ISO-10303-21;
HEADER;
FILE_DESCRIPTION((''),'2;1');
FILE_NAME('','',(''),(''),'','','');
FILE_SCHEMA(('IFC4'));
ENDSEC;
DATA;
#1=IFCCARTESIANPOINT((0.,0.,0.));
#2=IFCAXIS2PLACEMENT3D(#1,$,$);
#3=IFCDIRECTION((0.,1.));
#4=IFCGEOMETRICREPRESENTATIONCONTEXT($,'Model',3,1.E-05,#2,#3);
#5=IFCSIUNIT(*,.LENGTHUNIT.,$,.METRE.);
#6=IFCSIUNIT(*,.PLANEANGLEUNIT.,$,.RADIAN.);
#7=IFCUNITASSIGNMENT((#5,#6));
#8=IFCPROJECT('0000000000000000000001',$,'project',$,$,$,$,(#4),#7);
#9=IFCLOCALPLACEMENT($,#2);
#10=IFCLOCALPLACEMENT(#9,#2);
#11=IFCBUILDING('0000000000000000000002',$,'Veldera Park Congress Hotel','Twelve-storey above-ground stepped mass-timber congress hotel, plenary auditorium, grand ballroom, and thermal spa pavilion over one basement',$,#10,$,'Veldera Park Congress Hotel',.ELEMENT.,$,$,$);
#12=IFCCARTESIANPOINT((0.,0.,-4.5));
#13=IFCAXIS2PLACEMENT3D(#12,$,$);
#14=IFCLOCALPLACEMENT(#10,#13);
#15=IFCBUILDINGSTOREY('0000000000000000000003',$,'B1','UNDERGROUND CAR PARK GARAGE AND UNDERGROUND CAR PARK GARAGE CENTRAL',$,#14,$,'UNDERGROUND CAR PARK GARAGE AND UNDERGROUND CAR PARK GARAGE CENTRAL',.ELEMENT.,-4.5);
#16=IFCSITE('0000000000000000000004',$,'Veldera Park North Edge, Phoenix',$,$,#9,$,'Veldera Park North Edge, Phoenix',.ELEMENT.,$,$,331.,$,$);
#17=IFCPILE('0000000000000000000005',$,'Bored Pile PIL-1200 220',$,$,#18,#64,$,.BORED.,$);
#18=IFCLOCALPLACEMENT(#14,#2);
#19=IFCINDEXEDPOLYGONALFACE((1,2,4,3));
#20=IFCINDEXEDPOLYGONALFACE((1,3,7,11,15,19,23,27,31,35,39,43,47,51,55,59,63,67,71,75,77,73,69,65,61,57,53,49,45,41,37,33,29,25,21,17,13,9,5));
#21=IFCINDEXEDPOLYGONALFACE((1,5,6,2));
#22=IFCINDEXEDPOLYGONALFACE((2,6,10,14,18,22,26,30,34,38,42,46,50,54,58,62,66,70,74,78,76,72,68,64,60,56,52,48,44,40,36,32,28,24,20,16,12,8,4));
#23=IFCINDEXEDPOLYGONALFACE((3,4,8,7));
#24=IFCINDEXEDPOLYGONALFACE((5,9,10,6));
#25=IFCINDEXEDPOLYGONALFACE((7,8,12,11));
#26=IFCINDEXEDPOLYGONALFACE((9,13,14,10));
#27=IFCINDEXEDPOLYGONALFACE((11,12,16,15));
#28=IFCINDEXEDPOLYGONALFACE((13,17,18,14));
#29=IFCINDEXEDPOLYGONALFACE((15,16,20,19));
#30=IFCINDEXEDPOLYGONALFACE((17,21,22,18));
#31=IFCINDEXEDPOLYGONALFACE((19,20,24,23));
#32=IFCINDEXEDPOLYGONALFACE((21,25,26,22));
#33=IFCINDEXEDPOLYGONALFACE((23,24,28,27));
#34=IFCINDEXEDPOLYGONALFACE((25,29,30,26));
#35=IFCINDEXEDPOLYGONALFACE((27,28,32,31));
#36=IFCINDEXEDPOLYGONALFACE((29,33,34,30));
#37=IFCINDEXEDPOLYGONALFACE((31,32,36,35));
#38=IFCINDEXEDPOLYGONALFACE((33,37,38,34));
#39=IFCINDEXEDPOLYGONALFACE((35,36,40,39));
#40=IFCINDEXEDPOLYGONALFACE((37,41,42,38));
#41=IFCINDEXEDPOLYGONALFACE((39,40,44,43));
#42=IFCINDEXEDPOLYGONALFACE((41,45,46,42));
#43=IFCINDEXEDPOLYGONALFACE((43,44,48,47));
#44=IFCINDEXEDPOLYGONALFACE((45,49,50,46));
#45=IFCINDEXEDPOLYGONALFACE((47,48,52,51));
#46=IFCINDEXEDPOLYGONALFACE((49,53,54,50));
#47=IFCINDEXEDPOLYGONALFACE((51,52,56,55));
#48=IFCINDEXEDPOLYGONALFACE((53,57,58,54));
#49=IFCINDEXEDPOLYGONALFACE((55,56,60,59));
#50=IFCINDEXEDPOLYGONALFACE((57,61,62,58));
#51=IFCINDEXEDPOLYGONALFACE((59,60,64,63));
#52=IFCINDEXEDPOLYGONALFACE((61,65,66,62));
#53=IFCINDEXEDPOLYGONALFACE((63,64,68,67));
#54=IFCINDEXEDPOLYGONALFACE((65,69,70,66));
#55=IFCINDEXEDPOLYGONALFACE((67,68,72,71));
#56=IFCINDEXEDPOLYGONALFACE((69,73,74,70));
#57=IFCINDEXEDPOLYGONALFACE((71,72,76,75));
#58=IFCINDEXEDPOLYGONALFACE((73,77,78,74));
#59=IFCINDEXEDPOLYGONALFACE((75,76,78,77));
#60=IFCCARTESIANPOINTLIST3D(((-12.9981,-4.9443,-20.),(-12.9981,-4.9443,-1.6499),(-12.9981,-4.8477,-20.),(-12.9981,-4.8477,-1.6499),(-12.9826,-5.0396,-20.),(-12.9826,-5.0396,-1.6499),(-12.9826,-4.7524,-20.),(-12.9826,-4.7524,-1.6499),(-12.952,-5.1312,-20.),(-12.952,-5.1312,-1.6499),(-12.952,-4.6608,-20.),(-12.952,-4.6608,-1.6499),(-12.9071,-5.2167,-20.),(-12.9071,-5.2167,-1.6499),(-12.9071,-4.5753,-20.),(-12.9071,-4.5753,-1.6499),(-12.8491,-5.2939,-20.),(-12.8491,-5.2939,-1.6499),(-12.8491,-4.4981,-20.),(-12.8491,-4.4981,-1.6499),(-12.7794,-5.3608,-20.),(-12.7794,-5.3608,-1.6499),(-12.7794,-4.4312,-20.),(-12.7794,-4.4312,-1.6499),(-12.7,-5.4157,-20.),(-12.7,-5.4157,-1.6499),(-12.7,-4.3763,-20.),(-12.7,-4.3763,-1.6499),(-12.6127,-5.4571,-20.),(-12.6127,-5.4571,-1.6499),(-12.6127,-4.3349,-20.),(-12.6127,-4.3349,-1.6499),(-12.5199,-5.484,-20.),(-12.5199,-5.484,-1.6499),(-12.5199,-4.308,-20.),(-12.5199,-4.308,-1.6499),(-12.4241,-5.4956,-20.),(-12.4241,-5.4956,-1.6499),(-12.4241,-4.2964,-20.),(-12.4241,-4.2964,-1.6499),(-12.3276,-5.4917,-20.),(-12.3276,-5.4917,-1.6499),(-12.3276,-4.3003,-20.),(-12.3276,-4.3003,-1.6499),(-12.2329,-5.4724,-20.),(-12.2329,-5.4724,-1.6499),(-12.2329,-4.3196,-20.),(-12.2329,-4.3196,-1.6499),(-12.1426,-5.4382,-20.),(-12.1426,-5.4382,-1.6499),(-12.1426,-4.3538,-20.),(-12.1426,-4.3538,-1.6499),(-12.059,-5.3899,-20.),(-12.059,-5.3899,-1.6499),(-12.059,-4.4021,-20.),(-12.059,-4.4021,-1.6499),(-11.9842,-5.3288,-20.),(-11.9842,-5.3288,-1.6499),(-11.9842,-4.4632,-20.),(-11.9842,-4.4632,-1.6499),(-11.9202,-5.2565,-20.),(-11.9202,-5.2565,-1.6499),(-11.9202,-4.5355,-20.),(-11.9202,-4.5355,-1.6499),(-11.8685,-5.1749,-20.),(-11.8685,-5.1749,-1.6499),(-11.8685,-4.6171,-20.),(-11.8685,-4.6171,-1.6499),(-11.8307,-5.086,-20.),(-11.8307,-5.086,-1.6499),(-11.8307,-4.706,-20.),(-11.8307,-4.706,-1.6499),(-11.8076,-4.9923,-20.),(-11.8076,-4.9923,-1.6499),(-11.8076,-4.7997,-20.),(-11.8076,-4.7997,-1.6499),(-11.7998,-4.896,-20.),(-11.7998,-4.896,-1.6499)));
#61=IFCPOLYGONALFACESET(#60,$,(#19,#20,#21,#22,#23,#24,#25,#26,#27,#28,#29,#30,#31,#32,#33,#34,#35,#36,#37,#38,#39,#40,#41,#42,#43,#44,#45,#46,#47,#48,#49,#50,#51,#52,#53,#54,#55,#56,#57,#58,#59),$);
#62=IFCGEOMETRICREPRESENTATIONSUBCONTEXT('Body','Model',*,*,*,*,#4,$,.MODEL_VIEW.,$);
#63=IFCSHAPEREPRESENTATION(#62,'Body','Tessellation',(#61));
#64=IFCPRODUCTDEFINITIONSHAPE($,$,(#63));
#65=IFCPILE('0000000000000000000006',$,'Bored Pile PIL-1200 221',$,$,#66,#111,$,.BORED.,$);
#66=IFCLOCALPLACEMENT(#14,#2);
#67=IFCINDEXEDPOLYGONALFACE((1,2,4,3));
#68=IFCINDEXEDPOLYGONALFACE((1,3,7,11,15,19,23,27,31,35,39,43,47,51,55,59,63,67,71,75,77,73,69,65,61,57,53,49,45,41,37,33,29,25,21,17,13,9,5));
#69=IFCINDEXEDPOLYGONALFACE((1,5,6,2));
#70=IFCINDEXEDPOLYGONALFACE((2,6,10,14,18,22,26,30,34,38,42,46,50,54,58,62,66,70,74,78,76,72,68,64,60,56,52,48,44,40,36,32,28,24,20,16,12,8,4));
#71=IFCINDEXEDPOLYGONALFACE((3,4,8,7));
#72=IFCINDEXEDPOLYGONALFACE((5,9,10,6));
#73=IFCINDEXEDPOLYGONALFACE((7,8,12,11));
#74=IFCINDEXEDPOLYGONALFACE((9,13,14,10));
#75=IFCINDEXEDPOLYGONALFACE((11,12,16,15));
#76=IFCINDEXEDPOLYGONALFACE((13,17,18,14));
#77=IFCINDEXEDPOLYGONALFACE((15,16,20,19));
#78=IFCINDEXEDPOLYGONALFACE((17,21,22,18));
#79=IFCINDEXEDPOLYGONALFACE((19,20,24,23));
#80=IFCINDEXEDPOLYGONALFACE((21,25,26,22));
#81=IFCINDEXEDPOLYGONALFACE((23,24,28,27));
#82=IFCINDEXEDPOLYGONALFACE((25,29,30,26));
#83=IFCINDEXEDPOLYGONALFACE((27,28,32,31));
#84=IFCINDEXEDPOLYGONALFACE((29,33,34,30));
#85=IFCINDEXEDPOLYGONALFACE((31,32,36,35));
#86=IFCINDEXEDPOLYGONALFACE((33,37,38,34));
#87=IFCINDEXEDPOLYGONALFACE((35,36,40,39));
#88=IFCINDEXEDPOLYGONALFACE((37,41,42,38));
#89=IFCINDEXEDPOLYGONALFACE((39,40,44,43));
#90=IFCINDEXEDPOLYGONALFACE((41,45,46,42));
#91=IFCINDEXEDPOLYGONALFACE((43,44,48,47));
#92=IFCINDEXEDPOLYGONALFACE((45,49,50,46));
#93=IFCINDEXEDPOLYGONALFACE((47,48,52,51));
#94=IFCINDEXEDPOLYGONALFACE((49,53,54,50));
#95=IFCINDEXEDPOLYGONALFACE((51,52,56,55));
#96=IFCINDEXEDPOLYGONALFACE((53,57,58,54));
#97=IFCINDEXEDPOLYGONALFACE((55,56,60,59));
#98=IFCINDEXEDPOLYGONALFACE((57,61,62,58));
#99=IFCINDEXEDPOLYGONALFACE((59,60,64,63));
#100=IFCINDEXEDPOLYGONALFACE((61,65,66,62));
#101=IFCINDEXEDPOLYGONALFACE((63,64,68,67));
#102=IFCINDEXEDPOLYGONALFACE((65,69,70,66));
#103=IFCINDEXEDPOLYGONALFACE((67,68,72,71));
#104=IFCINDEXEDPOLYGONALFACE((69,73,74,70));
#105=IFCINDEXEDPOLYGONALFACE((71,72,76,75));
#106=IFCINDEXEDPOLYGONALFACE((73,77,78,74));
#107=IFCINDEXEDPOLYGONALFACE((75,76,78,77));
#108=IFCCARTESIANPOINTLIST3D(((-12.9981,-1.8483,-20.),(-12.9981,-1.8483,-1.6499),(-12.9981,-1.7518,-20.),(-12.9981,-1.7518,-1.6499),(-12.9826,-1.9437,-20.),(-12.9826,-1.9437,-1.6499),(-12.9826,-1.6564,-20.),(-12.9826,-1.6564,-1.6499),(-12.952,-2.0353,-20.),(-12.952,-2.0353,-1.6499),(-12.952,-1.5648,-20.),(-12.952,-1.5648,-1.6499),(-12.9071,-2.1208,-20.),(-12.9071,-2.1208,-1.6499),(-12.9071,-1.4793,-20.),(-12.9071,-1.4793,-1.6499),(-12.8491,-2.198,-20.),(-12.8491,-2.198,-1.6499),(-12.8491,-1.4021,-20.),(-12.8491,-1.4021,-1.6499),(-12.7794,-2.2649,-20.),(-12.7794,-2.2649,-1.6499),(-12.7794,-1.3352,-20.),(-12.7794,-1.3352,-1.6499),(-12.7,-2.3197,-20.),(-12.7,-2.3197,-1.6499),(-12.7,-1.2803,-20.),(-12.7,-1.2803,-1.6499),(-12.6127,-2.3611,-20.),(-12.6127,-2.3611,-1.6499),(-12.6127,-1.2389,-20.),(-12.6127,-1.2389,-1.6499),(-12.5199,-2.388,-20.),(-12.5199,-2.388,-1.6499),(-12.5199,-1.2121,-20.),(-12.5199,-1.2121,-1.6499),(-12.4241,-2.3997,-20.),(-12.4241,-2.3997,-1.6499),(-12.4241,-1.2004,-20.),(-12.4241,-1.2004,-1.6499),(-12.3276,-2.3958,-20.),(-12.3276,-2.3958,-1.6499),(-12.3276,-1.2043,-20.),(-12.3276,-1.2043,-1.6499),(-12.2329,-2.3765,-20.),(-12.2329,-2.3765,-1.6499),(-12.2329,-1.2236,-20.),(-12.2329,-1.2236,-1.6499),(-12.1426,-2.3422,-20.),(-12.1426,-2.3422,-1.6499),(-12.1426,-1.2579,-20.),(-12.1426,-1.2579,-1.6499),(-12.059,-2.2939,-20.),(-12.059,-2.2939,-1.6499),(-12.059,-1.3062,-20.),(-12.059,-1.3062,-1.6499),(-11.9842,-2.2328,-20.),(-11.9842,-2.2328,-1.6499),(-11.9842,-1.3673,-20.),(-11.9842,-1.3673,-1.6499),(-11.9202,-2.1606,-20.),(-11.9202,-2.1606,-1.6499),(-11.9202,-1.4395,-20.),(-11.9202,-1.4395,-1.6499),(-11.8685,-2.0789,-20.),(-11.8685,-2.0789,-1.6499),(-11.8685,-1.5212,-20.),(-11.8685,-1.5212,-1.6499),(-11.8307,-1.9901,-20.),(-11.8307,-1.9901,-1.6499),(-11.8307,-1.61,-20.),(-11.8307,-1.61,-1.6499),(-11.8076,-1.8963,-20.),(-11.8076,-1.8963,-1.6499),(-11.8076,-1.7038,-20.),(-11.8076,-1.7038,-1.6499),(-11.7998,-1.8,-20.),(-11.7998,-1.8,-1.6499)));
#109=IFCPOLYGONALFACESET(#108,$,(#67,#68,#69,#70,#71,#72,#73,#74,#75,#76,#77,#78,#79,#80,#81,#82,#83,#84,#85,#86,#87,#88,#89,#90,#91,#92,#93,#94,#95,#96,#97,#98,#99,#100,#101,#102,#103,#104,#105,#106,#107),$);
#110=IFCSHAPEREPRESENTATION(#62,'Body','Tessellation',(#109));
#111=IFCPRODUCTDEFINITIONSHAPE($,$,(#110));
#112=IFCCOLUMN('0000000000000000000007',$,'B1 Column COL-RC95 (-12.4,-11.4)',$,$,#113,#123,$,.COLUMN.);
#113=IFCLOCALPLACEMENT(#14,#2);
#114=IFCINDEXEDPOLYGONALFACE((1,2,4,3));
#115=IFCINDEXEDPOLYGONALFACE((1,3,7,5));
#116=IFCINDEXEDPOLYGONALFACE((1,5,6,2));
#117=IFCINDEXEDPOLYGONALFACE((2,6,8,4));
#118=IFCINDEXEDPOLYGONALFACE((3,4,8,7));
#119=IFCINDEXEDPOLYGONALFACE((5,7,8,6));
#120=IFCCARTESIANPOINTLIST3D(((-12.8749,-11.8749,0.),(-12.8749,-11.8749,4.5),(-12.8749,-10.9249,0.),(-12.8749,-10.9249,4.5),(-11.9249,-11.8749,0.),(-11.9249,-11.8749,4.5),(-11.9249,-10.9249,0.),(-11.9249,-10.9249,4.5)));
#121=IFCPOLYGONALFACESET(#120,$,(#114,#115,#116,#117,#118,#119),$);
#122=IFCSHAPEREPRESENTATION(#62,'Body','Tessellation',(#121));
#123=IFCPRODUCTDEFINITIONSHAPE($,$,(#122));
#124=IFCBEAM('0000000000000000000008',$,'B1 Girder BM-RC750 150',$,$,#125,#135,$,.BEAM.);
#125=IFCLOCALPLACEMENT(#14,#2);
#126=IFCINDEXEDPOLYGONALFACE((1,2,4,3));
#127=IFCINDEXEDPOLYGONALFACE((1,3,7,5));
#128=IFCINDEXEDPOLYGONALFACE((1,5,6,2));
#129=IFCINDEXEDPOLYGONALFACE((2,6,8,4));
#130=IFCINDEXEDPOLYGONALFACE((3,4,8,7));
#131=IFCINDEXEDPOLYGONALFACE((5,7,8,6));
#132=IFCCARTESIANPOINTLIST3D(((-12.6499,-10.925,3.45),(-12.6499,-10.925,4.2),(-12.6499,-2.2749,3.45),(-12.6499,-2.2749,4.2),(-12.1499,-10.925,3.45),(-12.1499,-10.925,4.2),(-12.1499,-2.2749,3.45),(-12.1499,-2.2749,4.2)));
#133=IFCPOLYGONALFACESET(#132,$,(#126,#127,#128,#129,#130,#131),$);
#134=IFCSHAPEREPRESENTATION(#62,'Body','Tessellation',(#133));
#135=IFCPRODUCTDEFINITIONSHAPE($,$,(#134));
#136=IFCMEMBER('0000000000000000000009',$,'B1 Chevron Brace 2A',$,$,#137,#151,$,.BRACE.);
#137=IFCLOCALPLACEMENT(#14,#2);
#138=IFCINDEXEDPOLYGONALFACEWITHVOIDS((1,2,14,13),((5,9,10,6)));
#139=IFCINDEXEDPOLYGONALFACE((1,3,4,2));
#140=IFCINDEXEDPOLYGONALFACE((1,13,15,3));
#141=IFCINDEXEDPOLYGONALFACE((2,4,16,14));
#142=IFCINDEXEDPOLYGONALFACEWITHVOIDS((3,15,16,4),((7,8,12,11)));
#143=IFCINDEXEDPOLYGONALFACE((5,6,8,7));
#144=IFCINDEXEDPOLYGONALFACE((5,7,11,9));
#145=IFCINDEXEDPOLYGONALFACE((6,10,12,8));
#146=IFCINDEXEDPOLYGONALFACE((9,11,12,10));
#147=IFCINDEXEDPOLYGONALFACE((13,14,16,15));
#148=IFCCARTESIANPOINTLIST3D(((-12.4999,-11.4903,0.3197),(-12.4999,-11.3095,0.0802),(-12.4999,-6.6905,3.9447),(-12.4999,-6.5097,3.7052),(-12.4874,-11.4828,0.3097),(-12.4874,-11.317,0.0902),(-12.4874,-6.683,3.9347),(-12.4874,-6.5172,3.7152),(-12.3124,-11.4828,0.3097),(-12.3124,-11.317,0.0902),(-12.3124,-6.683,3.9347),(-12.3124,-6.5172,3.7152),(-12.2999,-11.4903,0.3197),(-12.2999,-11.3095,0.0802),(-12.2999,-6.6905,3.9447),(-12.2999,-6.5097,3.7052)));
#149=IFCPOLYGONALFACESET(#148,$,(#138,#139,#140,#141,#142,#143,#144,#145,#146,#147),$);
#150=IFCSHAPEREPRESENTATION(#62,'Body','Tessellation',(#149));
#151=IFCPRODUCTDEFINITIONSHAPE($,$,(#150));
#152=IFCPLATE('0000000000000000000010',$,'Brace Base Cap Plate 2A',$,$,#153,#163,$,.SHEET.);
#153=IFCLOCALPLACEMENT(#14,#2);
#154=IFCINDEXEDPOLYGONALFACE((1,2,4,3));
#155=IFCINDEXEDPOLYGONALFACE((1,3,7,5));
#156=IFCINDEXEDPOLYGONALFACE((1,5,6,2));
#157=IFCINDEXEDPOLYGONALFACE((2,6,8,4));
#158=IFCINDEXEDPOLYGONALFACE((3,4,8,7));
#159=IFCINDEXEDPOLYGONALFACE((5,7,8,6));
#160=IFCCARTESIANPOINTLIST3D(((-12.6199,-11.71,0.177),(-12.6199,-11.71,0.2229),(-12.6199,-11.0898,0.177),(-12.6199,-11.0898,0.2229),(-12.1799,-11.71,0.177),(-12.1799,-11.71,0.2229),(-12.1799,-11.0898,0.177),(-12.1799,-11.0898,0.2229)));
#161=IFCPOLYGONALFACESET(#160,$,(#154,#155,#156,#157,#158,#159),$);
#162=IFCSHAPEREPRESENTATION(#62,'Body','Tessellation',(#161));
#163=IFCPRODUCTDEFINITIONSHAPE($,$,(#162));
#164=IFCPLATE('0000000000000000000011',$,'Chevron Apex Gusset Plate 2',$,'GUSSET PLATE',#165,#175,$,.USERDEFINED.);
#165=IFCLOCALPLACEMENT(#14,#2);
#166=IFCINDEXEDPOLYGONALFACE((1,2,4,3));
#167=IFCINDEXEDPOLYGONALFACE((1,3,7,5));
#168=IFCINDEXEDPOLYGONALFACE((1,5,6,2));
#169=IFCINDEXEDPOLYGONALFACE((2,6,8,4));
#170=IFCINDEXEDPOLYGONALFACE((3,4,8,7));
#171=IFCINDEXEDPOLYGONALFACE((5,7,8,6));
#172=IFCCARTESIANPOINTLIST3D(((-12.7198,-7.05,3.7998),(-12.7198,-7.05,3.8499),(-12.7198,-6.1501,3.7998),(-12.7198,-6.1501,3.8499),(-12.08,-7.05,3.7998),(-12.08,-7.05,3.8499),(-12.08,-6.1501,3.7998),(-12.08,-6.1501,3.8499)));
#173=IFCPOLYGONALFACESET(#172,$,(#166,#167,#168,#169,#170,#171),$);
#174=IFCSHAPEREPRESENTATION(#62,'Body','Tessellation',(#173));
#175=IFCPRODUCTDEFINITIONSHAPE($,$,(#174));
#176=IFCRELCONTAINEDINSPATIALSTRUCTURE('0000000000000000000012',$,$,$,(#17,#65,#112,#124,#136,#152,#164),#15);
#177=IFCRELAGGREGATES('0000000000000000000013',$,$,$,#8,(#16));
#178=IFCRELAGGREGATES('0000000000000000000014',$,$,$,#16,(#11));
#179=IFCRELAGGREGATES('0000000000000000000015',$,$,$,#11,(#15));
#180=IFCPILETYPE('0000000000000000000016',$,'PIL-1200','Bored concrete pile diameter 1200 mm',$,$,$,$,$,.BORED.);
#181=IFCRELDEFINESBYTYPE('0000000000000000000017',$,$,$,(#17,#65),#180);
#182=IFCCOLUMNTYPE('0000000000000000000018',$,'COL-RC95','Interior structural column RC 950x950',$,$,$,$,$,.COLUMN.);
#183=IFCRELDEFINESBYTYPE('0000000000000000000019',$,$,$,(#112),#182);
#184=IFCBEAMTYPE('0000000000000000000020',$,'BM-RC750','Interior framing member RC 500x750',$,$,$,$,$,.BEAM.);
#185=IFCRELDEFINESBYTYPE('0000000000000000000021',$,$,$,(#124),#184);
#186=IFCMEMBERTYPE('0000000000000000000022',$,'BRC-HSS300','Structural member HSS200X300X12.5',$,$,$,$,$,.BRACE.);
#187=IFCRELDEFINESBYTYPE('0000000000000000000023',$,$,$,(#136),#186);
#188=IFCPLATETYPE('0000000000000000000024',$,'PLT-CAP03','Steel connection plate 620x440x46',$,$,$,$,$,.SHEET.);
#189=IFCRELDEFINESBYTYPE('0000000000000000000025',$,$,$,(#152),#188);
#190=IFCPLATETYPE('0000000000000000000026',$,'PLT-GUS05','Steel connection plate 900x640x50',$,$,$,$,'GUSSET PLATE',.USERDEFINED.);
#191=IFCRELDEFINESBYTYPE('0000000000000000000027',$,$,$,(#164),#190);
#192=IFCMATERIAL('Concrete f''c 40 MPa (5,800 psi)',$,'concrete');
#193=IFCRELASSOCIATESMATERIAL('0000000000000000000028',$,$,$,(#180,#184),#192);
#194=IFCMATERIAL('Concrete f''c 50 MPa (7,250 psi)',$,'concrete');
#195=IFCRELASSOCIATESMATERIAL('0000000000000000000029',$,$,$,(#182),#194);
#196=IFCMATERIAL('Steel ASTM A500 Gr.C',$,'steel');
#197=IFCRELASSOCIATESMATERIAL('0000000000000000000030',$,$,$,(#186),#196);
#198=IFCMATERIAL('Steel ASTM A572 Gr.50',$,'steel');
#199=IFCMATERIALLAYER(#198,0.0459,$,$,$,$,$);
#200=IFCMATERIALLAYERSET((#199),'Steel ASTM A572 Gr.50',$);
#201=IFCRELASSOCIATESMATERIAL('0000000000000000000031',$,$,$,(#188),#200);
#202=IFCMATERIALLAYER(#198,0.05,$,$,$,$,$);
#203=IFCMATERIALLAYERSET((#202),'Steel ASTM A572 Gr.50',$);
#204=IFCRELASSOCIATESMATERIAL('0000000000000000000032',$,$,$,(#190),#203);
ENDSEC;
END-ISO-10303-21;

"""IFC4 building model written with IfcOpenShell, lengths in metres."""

from ifc_helpers import new_model, si_unit, direction, frame, origin, origin_2d, place, context, subcontext, project, spatial, rectangle, hollow_rectangle, circle, extrude, material, layer, layer_set, material_profile, profile_set, type_object, element, save


model = new_model("IFC4")

# Units and contexts
model_context = context("Model", 3, precision=1e-05, world=origin(), true_north=direction((0.0, 1.0)))
body_context = subcontext(model_context, "Body", "Model", "MODEL_VIEW")
ifc_project = project(units=[si_unit("LENGTHUNIT", "METRE"), si_unit("PLANEANGLEUNIT", "RADIAN")], contexts=[model_context])

# Site, building, storey
site_placement = place(None, origin())
site = spatial("IfcSite", under=ifc_project, at=site_placement, Name="Veldera Park North Edge, Phoenix", LongName="Veldera Park North Edge, Phoenix", CompositionType="ELEMENT", RefElevation=331.0)
building_placement = place(site_placement, origin())
building = spatial("IfcBuilding", under=site, at=building_placement, Name="Veldera Park Congress Hotel", Description="Twelve-storey above-ground stepped mass-timber congress hotel, plenary auditorium, grand ballroom, and thermal spa pavilion over one basement", LongName="Veldera Park Congress Hotel", CompositionType="ELEMENT")
storey_placement = place(building_placement, frame((0.0, 0.0, -4.5)))
storey = spatial("IfcBuildingStorey", under=building, at=storey_placement, Name="B1", Description="UNDERGROUND CAR PARK GARAGE AND UNDERGROUND CAR PARK GARAGE CENTRAL", LongName="UNDERGROUND CAR PARK GARAGE AND UNDERGROUND CAR PARK GARAGE CENTRAL", CompositionType="ELEMENT", Elevation=-4.5)

# Shared definitions
ifc_material_1 = material(Name="Concrete f'c 40 MPa (5,800 psi)", Category="concrete")

# Piles
ifc_material_profile_1 = material_profile(ifc_material_1, circle(Radius=0.6001, at=origin_2d()), Name="PILE D1200")
ifc_profile_set_1 = profile_set([ifc_material_profile_1], Name="Concrete f'c 40 MPa (5,800 psi)")
pile_type = type_object("IfcPileType", Name="PIL-1200", Description="Bored concrete pile diameter 1200 mm", PredefinedType="BORED", material=ifc_profile_set_1)
for number, where, z_axis, x_axis, name in (
    (1, (-12.3999, -4.896, -1.6499), (0.0, 0.0, -1.0), (1.0, 0.0, 0.0), "Bored Pile PIL-1200 220"),
    (2, (-12.3999, -1.8, -1.6499), (0.0, 0.0, -1.0), (1.0, 0.0, 0.0), "Bored Pile PIL-1200 221"),
):
    element("IfcPile", number, at=place(storey_placement, frame(where, z_axis=z_axis, x_axis=x_axis)), inside=storey, type_object=pile_type, Name=name, PredefinedType="BORED", context=body_context, shape_type="SweptSolid", body=[
        extrude(circle(Radius=0.6001, at=origin_2d()), origin(), (0.0, 0.0, 1.0), 18.3501),
    ])

# Column
ifc_material_2 = material(Name="Concrete f'c 50 MPa (7,250 psi)", Category="concrete")
ifc_material_profile_2 = material_profile(ifc_material_2, rectangle(XDim=0.95, YDim=0.95, at=origin_2d()), Name="RC 950x950")
ifc_profile_set_2 = profile_set([ifc_material_profile_2], Name="Concrete f'c 50 MPa (7,250 psi)")
column_type = type_object("IfcColumnType", Name="COL-RC95", Description="Interior structural column RC 950x950", PredefinedType="COLUMN", material=ifc_profile_set_2)
column_placement = place(storey_placement, frame((-12.3999, -11.3999, 0.0), z_axis=(0.0, 0.0, 1.0), x_axis=(1.0, 0.0, 0.0)))
element("IfcColumn", 3, at=column_placement, inside=storey, type_object=column_type, Name="B1 Column COL-RC95 (-12.4,-11.4)", PredefinedType="COLUMN", context=body_context, shape_type="SweptSolid", body=[
    extrude(rectangle(XDim=0.95, YDim=0.95, at=origin_2d()), origin(), (0.0, 0.0, 1.0), 4.5),
])

# Beam
ifc_material_profile_3 = material_profile(ifc_material_1, rectangle(XDim=0.5, YDim=0.75, at=origin_2d()), Name="RC 500x750")
ifc_profile_set_3 = profile_set([ifc_material_profile_3], Name="Concrete f'c 40 MPa (5,800 psi)")
beam_type = type_object("IfcBeamType", Name="BM-RC750", Description="Interior framing member RC 500x750", PredefinedType="BEAM", material=ifc_profile_set_3)
beam_placement = place(storey_placement, frame((-12.3999, -10.925, 3.825), z_axis=(0.0, 1.0, 0.0), x_axis=(-1.0, 0.0, 0.0)))
element("IfcBeam", 4, at=beam_placement, inside=storey, type_object=beam_type, Name="B1 Girder BM-RC750 150", PredefinedType="BEAM", context=body_context, shape_type="SweptSolid", body=[
    extrude(rectangle(XDim=0.5, YDim=0.75, at=origin_2d()), origin(), (0.0, 0.0, 1.0), 8.6501),
])

# Member
ifc_material_3 = material(Name="Steel ASTM A500 Gr.C", Category="steel")
ifc_material_profile_4 = material_profile(ifc_material_3, hollow_rectangle(XDim=0.2, YDim=0.3, WallThickness=0.0125, at=origin_2d()), Name="HSS200X300X12.5")
ifc_profile_set_4 = profile_set([ifc_material_profile_4], Name="Steel ASTM A500 Gr.C")
member_type = type_object("IfcMemberType", Name="BRC-HSS300", Description="Structural member HSS200X300X12.5", PredefinedType="BRACE", material=ifc_profile_set_4)
member_placement = place(storey_placement, frame((-12.3999, -11.3999, 0.2), z_axis=(0.0, 0.797989, 0.602672), x_axis=(-1.0, 0.0, 0.0)))
element("IfcMember", 5, at=member_placement, inside=storey, type_object=member_type, Name="B1 Chevron Brace 2A", PredefinedType="BRACE", context=body_context, shape_type="SweptSolid", body=[
    extrude(hollow_rectangle(XDim=0.2, YDim=0.3, WallThickness=0.0125, at=origin_2d()), origin(), (0.0, 0.0, 1.0), 6.0149),
])

# Plates
ifc_material_4 = material(Name="Steel ASTM A572 Gr.50", Category="steel")
ifc_layer_1 = layer(ifc_material_4, 0.0459)
ifc_layer_set_1 = layer_set([ifc_layer_1], Name="Steel ASTM A572 Gr.50")
plate_type_1 = type_object("IfcPlateType", Name="PLT-CAP03", Description="Steel connection plate 620x440x46", PredefinedType="SHEET", material=ifc_layer_set_1)
plate_1_placement = place(storey_placement, frame((-12.3999, -11.3999, 0.177), z_axis=(0.0, 0.0, 1.0), x_axis=(0.0, 1.0, 0.0)))
element("IfcPlate", 6, at=plate_1_placement, inside=storey, type_object=plate_type_1, Name="Brace Base Cap Plate 2A", PredefinedType="SHEET", context=body_context, shape_type="SweptSolid", body=[
    extrude(rectangle(XDim=0.6201, YDim=0.4399, at=origin_2d()), origin(), (0.0, 0.0, 1.0), 0.0459),
])
ifc_layer_2 = layer(ifc_material_4, 0.05)
ifc_layer_set_2 = layer_set([ifc_layer_2], Name="Steel ASTM A572 Gr.50")
plate_type_2 = type_object("IfcPlateType", Name="PLT-GUS05", Description="Steel connection plate 900x640x50", ElementType="GUSSET PLATE", PredefinedType="USERDEFINED", material=ifc_layer_set_2)
plate_2_placement = place(storey_placement, frame((-12.3999, -6.6001, 3.7998), z_axis=(0.0, 0.0, 1.0), x_axis=(0.0, 1.0, 0.0)))
element("IfcPlate", 7, at=plate_2_placement, inside=storey, type_object=plate_type_2, Name="Chevron Apex Gusset Plate 2", ObjectType="GUSSET PLATE", PredefinedType="USERDEFINED", context=body_context, shape_type="SweptSolid", body=[
    extrude(rectangle(XDim=0.8999, YDim=0.6399, at=origin_2d()), origin(), (0.0, 0.0, 1.0), 0.05),
])

save(model, "model.ifc")
